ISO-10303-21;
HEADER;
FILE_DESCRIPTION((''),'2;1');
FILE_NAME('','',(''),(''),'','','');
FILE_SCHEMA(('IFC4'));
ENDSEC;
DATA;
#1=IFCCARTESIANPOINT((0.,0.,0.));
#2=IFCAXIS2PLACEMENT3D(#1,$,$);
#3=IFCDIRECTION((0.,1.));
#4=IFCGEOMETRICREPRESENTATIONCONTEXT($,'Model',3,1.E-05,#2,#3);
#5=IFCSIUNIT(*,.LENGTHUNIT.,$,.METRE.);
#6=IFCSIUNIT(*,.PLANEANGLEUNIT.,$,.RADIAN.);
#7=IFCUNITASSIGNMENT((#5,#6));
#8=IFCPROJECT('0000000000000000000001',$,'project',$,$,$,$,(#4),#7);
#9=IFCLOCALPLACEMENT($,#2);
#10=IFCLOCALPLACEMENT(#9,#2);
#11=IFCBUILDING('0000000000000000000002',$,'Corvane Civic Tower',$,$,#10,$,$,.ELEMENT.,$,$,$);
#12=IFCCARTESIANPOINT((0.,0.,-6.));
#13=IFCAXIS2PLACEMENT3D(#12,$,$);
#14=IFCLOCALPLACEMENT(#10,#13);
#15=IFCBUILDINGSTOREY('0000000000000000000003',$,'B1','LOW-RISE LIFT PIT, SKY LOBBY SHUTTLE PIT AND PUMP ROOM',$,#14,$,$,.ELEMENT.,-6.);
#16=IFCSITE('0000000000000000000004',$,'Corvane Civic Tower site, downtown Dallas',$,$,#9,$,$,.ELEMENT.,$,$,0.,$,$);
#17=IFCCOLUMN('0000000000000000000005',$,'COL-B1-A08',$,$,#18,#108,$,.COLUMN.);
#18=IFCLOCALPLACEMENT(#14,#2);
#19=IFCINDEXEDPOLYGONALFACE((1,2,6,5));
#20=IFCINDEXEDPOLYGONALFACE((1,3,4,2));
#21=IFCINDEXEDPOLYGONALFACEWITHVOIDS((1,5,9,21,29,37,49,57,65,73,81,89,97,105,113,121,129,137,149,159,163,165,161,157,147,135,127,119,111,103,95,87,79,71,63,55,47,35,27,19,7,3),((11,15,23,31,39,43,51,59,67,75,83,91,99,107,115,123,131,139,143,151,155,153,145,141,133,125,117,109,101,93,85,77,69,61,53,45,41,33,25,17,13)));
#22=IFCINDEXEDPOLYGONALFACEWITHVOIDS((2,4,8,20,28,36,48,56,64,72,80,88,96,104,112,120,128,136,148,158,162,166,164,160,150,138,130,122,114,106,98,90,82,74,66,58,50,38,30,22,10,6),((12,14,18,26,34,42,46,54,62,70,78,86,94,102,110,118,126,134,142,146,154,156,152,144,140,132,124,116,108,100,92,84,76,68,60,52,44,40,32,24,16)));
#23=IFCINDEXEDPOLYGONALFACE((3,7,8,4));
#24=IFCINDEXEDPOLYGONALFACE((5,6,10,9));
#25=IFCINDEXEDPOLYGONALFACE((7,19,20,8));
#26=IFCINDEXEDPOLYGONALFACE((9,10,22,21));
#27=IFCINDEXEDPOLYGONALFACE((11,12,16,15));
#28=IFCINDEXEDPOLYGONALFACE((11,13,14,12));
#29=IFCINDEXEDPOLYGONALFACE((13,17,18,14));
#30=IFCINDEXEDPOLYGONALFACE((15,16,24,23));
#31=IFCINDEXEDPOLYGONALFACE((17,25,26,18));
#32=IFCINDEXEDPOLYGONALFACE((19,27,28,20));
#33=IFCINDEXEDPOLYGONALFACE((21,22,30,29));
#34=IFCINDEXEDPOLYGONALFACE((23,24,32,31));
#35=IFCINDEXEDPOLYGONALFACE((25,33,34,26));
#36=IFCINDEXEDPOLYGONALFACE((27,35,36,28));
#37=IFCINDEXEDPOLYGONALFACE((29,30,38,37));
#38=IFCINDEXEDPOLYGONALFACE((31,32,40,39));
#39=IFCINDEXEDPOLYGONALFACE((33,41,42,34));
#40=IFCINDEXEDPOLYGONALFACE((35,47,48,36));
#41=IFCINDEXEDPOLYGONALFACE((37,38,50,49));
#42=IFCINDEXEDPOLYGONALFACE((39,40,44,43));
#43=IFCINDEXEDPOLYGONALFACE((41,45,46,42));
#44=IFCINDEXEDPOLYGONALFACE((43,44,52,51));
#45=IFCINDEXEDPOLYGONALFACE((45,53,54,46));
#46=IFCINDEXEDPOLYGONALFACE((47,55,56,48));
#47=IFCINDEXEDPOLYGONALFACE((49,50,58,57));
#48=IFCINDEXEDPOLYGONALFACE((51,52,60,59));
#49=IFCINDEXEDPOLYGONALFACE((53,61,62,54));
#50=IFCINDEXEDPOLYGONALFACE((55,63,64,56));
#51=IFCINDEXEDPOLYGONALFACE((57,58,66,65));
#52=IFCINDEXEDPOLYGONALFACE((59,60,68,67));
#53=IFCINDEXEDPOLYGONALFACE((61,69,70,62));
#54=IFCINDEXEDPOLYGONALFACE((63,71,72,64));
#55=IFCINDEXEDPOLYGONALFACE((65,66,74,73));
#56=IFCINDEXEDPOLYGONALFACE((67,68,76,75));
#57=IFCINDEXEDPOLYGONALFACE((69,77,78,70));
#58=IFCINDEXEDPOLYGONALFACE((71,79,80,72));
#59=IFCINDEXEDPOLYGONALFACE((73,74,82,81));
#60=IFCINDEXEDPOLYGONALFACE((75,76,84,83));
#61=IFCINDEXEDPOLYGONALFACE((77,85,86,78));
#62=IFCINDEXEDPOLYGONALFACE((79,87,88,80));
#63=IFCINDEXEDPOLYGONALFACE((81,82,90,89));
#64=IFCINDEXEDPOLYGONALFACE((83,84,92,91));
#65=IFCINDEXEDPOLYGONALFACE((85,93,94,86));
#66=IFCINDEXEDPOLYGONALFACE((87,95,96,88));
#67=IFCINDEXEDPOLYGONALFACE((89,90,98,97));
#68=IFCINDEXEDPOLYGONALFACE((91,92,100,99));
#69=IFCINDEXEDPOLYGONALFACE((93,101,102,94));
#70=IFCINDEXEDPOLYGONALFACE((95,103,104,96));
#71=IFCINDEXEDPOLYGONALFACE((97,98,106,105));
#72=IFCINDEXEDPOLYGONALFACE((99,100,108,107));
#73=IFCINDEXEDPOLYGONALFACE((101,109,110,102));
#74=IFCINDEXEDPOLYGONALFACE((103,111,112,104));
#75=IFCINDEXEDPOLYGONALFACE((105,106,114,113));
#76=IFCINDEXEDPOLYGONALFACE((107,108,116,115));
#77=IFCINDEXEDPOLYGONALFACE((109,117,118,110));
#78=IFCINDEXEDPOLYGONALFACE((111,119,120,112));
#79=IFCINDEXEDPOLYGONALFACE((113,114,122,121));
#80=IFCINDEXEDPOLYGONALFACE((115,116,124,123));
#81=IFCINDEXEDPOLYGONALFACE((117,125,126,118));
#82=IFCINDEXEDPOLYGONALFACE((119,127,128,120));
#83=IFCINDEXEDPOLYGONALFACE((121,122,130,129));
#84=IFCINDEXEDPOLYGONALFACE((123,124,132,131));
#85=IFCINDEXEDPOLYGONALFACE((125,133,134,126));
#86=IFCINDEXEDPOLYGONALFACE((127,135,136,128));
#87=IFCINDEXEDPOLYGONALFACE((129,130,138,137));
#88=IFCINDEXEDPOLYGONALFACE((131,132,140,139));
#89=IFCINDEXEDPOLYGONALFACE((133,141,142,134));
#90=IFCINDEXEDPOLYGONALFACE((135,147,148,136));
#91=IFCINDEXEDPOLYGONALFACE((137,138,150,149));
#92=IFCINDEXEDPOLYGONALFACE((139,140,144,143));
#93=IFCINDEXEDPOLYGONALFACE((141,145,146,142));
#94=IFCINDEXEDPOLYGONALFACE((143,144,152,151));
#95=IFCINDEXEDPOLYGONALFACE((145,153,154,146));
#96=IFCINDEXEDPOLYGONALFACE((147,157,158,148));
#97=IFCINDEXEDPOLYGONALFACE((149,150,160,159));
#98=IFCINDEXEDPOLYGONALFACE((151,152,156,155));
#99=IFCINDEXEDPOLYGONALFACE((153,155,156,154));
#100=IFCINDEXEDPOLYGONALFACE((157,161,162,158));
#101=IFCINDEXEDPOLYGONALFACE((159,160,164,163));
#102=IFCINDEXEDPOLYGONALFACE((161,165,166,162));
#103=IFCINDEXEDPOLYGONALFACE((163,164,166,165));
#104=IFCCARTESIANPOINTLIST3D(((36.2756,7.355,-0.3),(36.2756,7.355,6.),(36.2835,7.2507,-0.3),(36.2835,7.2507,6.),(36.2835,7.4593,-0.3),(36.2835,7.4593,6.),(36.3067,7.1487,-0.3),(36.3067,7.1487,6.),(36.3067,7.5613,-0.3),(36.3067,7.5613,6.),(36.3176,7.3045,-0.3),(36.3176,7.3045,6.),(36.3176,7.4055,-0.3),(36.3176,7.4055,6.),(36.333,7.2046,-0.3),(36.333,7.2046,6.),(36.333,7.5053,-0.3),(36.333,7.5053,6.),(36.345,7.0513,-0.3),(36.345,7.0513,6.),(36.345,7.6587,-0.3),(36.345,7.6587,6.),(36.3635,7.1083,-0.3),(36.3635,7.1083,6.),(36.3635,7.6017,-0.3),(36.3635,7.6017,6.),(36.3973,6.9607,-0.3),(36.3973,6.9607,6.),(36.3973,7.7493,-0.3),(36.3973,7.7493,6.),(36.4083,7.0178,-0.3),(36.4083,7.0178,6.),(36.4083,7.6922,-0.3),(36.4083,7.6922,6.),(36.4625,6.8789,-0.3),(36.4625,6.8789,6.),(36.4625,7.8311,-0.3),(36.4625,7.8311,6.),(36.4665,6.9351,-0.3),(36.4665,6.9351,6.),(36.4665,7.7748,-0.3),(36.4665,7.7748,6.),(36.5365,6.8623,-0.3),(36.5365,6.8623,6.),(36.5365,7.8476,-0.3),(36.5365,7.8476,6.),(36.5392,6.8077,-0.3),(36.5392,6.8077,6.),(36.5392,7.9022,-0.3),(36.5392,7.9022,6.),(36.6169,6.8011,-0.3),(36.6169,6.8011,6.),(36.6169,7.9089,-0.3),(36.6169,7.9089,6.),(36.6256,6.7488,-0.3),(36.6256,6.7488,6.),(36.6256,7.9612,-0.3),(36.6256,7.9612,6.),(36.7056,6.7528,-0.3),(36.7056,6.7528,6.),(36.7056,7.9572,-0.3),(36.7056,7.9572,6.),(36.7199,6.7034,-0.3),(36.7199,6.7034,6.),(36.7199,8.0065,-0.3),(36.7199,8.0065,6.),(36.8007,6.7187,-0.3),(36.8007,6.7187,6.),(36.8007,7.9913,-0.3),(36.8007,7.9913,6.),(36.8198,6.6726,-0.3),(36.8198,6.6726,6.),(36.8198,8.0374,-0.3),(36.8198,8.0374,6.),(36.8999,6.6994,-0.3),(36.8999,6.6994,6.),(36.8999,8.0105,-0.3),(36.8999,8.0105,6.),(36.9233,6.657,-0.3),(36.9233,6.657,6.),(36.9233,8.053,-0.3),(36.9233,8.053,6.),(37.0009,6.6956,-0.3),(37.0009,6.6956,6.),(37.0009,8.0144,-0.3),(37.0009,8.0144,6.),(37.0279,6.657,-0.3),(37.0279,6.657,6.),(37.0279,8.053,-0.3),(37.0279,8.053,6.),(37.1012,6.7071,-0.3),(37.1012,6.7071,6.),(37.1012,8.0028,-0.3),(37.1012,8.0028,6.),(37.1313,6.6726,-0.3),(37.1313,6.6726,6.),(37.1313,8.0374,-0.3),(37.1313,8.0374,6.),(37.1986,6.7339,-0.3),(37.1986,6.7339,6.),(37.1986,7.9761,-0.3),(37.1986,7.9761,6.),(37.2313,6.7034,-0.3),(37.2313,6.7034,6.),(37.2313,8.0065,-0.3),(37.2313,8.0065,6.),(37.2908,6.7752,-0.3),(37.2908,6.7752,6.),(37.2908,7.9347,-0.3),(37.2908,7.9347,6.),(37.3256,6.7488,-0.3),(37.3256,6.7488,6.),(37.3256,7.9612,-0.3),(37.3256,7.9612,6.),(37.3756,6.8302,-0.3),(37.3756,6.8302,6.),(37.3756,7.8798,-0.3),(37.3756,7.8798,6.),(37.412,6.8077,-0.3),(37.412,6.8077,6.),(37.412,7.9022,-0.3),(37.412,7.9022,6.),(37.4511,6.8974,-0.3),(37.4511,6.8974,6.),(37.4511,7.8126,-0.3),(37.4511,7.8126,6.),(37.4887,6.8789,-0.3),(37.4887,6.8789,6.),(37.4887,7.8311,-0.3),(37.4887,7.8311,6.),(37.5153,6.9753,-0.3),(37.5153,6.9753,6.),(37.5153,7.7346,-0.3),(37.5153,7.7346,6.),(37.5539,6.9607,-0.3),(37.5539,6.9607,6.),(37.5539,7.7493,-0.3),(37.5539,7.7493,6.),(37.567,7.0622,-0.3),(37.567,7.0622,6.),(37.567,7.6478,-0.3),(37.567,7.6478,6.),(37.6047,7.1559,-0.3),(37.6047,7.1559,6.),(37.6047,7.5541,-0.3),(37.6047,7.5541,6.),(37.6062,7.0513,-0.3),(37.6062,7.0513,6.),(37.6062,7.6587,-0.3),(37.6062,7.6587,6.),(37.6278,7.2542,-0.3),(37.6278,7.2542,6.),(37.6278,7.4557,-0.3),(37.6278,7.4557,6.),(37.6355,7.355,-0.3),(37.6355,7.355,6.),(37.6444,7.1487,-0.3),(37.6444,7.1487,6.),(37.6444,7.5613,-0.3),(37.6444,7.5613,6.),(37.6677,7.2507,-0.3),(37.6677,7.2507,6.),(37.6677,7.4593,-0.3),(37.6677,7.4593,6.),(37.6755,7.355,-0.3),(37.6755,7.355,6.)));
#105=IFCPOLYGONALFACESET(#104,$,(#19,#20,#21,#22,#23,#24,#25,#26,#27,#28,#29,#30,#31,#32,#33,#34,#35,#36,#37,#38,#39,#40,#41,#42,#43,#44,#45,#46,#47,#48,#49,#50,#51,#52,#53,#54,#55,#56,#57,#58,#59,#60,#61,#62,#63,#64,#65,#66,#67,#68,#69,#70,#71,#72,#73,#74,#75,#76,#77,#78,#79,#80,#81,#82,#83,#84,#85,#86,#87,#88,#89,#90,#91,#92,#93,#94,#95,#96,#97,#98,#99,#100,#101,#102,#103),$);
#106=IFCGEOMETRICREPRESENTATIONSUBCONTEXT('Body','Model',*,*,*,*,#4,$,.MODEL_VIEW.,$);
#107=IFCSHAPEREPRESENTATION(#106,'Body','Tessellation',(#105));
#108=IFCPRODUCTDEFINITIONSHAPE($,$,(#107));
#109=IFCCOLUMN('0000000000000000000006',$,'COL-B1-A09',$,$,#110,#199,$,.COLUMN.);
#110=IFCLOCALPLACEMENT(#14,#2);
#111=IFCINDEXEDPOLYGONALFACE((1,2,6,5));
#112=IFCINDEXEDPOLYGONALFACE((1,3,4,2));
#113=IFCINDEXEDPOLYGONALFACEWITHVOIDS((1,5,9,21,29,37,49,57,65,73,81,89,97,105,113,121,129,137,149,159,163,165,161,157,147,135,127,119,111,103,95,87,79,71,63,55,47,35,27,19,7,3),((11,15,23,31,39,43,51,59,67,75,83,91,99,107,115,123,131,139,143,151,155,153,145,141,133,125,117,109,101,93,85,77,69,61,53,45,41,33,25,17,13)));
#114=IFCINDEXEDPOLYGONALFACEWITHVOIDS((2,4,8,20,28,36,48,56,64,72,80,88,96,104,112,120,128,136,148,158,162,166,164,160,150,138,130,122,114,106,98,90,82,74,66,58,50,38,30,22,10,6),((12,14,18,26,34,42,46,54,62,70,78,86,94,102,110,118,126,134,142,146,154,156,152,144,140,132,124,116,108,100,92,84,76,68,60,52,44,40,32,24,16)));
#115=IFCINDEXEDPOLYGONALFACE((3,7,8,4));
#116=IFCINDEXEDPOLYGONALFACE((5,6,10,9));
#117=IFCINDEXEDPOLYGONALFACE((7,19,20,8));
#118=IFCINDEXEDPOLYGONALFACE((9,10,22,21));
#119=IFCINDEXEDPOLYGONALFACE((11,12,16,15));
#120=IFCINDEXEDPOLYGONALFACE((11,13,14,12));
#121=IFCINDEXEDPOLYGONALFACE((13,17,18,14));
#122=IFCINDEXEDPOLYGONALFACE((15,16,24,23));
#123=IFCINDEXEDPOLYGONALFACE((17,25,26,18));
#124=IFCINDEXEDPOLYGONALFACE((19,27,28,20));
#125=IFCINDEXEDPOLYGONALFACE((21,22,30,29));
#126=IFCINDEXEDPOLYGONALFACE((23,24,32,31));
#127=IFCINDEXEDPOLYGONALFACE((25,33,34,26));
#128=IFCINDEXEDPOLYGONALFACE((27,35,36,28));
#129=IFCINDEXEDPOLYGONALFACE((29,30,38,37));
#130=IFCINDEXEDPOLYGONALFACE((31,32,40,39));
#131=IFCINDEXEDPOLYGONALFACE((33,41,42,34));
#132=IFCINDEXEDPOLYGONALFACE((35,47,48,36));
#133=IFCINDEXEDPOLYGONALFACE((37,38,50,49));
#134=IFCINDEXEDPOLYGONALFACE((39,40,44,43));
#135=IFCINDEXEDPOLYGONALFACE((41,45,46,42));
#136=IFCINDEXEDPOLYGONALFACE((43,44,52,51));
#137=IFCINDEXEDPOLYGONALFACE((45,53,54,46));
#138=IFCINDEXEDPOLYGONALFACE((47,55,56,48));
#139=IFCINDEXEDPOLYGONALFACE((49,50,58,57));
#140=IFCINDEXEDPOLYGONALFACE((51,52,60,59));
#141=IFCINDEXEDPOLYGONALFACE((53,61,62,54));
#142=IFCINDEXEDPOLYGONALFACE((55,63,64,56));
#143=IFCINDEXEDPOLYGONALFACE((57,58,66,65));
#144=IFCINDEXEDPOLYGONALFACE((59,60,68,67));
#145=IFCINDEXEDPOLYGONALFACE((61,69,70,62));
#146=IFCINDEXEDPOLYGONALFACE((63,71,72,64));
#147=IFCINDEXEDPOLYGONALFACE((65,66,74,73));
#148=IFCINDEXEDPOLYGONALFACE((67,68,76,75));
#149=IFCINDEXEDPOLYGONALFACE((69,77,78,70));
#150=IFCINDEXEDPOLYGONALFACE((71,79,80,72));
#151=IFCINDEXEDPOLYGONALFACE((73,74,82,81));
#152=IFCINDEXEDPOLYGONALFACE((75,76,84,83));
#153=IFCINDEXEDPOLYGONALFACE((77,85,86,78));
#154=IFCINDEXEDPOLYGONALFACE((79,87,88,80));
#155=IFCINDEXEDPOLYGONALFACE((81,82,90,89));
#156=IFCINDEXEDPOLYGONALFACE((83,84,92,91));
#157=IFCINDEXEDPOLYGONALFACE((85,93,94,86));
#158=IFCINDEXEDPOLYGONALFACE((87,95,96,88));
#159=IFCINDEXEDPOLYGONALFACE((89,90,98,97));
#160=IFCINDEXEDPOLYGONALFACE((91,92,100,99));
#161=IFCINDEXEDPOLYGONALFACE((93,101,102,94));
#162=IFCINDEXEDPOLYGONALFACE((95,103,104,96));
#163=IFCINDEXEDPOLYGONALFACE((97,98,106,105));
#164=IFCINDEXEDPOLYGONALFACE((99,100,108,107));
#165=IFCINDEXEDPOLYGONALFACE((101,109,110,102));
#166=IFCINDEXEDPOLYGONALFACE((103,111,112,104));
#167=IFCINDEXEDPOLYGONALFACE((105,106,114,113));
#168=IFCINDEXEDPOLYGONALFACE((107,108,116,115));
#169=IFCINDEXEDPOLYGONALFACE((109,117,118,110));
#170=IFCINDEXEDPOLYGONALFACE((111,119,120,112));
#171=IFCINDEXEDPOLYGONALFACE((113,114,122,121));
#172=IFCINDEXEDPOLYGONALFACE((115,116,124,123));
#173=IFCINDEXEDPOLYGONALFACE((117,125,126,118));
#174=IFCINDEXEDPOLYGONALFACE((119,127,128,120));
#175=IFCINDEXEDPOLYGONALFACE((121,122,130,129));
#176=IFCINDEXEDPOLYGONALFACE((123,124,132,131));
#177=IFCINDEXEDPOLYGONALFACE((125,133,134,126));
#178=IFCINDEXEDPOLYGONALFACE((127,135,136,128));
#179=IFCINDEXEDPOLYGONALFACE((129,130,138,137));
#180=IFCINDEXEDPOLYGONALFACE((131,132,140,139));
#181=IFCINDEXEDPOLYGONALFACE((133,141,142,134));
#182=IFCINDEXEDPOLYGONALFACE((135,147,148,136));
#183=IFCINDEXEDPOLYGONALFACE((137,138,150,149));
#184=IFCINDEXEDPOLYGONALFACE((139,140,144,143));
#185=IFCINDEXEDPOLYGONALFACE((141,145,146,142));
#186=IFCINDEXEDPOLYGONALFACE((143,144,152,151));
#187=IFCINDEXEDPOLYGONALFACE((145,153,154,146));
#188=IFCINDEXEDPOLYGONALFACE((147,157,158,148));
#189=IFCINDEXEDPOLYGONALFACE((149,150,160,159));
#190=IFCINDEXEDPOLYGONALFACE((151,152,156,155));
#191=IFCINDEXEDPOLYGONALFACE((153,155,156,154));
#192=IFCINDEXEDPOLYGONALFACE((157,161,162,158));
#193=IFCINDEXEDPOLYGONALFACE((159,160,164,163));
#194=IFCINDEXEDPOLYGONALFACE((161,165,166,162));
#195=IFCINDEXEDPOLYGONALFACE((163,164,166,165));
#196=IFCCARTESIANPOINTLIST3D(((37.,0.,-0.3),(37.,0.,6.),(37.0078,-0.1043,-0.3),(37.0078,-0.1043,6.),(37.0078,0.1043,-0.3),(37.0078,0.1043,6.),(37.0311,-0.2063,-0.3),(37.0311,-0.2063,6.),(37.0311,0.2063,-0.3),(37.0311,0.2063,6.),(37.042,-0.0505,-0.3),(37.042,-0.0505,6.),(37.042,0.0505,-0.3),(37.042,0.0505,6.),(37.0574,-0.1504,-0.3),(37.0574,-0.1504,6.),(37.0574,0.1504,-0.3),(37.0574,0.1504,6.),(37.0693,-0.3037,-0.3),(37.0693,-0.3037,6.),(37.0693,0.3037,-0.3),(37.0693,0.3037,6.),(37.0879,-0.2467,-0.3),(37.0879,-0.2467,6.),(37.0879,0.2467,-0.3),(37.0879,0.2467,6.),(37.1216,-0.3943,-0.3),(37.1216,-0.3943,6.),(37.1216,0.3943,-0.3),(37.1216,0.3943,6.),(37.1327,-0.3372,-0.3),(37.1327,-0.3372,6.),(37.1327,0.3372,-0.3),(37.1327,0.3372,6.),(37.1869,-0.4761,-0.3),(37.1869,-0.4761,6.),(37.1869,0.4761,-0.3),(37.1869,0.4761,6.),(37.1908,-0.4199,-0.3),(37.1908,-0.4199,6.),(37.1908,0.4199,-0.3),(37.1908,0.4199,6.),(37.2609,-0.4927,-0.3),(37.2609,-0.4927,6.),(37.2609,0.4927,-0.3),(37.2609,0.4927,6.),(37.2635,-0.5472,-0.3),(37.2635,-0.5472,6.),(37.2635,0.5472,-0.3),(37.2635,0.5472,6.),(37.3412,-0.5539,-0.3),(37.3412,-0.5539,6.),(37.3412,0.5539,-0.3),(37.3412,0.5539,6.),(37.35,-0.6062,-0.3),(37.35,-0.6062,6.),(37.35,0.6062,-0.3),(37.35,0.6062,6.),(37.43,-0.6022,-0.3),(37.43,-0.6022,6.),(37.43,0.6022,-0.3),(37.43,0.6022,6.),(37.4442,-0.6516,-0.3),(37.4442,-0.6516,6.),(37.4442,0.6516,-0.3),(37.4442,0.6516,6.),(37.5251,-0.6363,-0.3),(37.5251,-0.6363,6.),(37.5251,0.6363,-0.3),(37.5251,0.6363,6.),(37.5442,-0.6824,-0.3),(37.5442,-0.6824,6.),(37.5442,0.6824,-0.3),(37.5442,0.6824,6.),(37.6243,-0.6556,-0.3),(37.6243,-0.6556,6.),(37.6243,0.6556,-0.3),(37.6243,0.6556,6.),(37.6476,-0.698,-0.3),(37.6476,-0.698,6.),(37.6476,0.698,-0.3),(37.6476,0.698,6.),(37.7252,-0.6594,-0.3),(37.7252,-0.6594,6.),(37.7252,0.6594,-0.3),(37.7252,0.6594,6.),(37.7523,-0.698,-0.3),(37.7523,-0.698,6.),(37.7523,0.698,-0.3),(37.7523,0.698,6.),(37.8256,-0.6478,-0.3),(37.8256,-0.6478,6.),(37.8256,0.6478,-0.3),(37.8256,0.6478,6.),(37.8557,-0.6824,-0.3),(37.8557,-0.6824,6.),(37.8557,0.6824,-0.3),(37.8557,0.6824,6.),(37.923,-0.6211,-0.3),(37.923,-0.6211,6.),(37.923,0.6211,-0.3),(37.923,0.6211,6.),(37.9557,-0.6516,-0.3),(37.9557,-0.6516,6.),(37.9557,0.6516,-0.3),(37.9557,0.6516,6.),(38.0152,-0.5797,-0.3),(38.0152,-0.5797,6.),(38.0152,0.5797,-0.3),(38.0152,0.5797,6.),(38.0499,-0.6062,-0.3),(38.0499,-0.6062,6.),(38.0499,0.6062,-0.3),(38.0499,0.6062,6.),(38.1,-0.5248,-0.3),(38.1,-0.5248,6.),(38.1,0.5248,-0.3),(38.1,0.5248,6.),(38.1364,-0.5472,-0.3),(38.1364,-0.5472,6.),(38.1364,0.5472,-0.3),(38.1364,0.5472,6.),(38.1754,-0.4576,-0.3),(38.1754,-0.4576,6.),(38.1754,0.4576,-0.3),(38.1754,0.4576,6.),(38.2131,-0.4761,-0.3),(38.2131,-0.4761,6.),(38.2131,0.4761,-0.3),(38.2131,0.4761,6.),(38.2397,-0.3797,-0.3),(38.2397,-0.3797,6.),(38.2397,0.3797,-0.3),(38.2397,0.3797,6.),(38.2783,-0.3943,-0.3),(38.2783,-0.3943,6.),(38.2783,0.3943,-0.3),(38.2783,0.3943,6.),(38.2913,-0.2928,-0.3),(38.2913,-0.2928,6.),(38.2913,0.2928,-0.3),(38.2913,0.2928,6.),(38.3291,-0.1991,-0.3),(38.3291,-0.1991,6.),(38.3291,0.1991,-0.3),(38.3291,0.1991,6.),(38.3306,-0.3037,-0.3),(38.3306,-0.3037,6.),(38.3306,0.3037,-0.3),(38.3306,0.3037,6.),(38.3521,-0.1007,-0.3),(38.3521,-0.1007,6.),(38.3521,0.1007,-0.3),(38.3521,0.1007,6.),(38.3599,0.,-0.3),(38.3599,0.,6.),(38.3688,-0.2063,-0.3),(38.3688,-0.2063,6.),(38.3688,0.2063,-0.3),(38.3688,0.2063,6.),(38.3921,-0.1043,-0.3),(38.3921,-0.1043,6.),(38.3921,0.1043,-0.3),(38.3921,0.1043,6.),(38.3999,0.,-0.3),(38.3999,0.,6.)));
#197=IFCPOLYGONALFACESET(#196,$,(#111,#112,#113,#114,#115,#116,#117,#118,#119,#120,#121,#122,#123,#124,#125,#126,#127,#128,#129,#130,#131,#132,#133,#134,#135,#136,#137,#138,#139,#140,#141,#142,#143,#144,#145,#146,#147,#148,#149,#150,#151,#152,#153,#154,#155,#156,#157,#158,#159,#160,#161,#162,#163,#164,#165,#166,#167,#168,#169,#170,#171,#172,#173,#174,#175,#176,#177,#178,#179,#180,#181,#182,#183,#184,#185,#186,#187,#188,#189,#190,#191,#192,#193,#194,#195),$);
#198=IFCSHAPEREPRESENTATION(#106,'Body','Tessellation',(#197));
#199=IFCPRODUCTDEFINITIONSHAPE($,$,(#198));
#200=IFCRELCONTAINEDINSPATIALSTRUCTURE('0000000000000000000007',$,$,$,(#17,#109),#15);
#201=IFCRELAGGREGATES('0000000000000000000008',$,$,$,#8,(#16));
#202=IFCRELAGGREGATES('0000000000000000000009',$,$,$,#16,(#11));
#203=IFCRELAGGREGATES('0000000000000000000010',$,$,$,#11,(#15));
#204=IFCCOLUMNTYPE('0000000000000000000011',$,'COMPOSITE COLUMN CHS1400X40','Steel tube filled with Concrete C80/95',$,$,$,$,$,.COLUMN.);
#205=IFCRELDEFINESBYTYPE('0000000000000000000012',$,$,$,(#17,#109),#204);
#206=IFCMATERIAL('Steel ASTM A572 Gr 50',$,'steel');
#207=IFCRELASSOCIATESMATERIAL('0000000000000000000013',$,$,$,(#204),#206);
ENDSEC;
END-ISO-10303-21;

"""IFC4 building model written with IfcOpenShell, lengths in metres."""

from ifc_helpers import new_model, si_unit, direction, frame, origin, origin_2d, place, context, subcontext, project, spatial, hollow_circle, extrude, material, material_profile, profile_set, type_object, element, save


model = new_model("IFC4")

# Units and contexts
model_context = context("Model", 3, precision=1e-05, world=origin(), true_north=direction((0.0, 1.0)))
body_context = subcontext(model_context, "Body", "Model", "MODEL_VIEW")
ifc_project = project(units=[si_unit("LENGTHUNIT", "METRE"), si_unit("PLANEANGLEUNIT", "RADIAN")], contexts=[model_context])

# Site, building, storey
site_placement = place(None, origin())
site = spatial("IfcSite", under=ifc_project, at=site_placement, Name="Corvane Civic Tower site, downtown Dallas", CompositionType="ELEMENT", RefElevation=0.0)
building_placement = place(site_placement, origin())
building = spatial("IfcBuilding", under=site, at=building_placement, Name="Corvane Civic Tower", CompositionType="ELEMENT")
storey_placement = place(building_placement, frame((0.0, 0.0, -6.0)))
storey = spatial("IfcBuildingStorey", under=building, at=storey_placement, Name="B1", Description="LOW-RISE LIFT PIT, SKY LOBBY SHUTTLE PIT AND PUMP ROOM", CompositionType="ELEMENT", Elevation=-6.0)

# Columns
ifc_material_1 = material(Name="Steel ASTM A572 Gr 50", Category="steel")
ifc_material_profile_1 = material_profile(ifc_material_1, hollow_circle(Radius=0.7, WallThickness=0.04, at=origin_2d()), Name="CHS1400X40")
ifc_profile_set_1 = profile_set([ifc_material_profile_1], Name="Steel ASTM A572 Gr 50")
column_type_1 = type_object("IfcColumnType", Name="COMPOSITE COLUMN CHS1400X40", Description="Steel tube filled with Concrete C80/95", PredefinedType="COLUMN", material=ifc_profile_set_1)
for number, where, z_axis, x_axis, name in (
    (1, (36.9756, 7.355, -0.3), (0.0, 0.0, 1.0), (1.0, 0.0, 0.0), "COL-B1-A08"),
    (2, (37.7, 0.0, -0.3), (0.0, 0.0, 1.0), (1.0, 0.0, 0.0), "COL-B1-A09"),
):
    element("IfcColumn", number, at=place(storey_placement, frame(where, z_axis=z_axis, x_axis=x_axis)), inside=storey, type_object=column_type_1, Name=name, PredefinedType="COLUMN", context=body_context, shape_type="SweptSolid", body=[
        extrude(hollow_circle(Radius=0.7, WallThickness=0.04, at=origin_2d()), origin(), (0.0, 0.0, 1.0), 6.3),
    ])

save(model, "model.ifc")
